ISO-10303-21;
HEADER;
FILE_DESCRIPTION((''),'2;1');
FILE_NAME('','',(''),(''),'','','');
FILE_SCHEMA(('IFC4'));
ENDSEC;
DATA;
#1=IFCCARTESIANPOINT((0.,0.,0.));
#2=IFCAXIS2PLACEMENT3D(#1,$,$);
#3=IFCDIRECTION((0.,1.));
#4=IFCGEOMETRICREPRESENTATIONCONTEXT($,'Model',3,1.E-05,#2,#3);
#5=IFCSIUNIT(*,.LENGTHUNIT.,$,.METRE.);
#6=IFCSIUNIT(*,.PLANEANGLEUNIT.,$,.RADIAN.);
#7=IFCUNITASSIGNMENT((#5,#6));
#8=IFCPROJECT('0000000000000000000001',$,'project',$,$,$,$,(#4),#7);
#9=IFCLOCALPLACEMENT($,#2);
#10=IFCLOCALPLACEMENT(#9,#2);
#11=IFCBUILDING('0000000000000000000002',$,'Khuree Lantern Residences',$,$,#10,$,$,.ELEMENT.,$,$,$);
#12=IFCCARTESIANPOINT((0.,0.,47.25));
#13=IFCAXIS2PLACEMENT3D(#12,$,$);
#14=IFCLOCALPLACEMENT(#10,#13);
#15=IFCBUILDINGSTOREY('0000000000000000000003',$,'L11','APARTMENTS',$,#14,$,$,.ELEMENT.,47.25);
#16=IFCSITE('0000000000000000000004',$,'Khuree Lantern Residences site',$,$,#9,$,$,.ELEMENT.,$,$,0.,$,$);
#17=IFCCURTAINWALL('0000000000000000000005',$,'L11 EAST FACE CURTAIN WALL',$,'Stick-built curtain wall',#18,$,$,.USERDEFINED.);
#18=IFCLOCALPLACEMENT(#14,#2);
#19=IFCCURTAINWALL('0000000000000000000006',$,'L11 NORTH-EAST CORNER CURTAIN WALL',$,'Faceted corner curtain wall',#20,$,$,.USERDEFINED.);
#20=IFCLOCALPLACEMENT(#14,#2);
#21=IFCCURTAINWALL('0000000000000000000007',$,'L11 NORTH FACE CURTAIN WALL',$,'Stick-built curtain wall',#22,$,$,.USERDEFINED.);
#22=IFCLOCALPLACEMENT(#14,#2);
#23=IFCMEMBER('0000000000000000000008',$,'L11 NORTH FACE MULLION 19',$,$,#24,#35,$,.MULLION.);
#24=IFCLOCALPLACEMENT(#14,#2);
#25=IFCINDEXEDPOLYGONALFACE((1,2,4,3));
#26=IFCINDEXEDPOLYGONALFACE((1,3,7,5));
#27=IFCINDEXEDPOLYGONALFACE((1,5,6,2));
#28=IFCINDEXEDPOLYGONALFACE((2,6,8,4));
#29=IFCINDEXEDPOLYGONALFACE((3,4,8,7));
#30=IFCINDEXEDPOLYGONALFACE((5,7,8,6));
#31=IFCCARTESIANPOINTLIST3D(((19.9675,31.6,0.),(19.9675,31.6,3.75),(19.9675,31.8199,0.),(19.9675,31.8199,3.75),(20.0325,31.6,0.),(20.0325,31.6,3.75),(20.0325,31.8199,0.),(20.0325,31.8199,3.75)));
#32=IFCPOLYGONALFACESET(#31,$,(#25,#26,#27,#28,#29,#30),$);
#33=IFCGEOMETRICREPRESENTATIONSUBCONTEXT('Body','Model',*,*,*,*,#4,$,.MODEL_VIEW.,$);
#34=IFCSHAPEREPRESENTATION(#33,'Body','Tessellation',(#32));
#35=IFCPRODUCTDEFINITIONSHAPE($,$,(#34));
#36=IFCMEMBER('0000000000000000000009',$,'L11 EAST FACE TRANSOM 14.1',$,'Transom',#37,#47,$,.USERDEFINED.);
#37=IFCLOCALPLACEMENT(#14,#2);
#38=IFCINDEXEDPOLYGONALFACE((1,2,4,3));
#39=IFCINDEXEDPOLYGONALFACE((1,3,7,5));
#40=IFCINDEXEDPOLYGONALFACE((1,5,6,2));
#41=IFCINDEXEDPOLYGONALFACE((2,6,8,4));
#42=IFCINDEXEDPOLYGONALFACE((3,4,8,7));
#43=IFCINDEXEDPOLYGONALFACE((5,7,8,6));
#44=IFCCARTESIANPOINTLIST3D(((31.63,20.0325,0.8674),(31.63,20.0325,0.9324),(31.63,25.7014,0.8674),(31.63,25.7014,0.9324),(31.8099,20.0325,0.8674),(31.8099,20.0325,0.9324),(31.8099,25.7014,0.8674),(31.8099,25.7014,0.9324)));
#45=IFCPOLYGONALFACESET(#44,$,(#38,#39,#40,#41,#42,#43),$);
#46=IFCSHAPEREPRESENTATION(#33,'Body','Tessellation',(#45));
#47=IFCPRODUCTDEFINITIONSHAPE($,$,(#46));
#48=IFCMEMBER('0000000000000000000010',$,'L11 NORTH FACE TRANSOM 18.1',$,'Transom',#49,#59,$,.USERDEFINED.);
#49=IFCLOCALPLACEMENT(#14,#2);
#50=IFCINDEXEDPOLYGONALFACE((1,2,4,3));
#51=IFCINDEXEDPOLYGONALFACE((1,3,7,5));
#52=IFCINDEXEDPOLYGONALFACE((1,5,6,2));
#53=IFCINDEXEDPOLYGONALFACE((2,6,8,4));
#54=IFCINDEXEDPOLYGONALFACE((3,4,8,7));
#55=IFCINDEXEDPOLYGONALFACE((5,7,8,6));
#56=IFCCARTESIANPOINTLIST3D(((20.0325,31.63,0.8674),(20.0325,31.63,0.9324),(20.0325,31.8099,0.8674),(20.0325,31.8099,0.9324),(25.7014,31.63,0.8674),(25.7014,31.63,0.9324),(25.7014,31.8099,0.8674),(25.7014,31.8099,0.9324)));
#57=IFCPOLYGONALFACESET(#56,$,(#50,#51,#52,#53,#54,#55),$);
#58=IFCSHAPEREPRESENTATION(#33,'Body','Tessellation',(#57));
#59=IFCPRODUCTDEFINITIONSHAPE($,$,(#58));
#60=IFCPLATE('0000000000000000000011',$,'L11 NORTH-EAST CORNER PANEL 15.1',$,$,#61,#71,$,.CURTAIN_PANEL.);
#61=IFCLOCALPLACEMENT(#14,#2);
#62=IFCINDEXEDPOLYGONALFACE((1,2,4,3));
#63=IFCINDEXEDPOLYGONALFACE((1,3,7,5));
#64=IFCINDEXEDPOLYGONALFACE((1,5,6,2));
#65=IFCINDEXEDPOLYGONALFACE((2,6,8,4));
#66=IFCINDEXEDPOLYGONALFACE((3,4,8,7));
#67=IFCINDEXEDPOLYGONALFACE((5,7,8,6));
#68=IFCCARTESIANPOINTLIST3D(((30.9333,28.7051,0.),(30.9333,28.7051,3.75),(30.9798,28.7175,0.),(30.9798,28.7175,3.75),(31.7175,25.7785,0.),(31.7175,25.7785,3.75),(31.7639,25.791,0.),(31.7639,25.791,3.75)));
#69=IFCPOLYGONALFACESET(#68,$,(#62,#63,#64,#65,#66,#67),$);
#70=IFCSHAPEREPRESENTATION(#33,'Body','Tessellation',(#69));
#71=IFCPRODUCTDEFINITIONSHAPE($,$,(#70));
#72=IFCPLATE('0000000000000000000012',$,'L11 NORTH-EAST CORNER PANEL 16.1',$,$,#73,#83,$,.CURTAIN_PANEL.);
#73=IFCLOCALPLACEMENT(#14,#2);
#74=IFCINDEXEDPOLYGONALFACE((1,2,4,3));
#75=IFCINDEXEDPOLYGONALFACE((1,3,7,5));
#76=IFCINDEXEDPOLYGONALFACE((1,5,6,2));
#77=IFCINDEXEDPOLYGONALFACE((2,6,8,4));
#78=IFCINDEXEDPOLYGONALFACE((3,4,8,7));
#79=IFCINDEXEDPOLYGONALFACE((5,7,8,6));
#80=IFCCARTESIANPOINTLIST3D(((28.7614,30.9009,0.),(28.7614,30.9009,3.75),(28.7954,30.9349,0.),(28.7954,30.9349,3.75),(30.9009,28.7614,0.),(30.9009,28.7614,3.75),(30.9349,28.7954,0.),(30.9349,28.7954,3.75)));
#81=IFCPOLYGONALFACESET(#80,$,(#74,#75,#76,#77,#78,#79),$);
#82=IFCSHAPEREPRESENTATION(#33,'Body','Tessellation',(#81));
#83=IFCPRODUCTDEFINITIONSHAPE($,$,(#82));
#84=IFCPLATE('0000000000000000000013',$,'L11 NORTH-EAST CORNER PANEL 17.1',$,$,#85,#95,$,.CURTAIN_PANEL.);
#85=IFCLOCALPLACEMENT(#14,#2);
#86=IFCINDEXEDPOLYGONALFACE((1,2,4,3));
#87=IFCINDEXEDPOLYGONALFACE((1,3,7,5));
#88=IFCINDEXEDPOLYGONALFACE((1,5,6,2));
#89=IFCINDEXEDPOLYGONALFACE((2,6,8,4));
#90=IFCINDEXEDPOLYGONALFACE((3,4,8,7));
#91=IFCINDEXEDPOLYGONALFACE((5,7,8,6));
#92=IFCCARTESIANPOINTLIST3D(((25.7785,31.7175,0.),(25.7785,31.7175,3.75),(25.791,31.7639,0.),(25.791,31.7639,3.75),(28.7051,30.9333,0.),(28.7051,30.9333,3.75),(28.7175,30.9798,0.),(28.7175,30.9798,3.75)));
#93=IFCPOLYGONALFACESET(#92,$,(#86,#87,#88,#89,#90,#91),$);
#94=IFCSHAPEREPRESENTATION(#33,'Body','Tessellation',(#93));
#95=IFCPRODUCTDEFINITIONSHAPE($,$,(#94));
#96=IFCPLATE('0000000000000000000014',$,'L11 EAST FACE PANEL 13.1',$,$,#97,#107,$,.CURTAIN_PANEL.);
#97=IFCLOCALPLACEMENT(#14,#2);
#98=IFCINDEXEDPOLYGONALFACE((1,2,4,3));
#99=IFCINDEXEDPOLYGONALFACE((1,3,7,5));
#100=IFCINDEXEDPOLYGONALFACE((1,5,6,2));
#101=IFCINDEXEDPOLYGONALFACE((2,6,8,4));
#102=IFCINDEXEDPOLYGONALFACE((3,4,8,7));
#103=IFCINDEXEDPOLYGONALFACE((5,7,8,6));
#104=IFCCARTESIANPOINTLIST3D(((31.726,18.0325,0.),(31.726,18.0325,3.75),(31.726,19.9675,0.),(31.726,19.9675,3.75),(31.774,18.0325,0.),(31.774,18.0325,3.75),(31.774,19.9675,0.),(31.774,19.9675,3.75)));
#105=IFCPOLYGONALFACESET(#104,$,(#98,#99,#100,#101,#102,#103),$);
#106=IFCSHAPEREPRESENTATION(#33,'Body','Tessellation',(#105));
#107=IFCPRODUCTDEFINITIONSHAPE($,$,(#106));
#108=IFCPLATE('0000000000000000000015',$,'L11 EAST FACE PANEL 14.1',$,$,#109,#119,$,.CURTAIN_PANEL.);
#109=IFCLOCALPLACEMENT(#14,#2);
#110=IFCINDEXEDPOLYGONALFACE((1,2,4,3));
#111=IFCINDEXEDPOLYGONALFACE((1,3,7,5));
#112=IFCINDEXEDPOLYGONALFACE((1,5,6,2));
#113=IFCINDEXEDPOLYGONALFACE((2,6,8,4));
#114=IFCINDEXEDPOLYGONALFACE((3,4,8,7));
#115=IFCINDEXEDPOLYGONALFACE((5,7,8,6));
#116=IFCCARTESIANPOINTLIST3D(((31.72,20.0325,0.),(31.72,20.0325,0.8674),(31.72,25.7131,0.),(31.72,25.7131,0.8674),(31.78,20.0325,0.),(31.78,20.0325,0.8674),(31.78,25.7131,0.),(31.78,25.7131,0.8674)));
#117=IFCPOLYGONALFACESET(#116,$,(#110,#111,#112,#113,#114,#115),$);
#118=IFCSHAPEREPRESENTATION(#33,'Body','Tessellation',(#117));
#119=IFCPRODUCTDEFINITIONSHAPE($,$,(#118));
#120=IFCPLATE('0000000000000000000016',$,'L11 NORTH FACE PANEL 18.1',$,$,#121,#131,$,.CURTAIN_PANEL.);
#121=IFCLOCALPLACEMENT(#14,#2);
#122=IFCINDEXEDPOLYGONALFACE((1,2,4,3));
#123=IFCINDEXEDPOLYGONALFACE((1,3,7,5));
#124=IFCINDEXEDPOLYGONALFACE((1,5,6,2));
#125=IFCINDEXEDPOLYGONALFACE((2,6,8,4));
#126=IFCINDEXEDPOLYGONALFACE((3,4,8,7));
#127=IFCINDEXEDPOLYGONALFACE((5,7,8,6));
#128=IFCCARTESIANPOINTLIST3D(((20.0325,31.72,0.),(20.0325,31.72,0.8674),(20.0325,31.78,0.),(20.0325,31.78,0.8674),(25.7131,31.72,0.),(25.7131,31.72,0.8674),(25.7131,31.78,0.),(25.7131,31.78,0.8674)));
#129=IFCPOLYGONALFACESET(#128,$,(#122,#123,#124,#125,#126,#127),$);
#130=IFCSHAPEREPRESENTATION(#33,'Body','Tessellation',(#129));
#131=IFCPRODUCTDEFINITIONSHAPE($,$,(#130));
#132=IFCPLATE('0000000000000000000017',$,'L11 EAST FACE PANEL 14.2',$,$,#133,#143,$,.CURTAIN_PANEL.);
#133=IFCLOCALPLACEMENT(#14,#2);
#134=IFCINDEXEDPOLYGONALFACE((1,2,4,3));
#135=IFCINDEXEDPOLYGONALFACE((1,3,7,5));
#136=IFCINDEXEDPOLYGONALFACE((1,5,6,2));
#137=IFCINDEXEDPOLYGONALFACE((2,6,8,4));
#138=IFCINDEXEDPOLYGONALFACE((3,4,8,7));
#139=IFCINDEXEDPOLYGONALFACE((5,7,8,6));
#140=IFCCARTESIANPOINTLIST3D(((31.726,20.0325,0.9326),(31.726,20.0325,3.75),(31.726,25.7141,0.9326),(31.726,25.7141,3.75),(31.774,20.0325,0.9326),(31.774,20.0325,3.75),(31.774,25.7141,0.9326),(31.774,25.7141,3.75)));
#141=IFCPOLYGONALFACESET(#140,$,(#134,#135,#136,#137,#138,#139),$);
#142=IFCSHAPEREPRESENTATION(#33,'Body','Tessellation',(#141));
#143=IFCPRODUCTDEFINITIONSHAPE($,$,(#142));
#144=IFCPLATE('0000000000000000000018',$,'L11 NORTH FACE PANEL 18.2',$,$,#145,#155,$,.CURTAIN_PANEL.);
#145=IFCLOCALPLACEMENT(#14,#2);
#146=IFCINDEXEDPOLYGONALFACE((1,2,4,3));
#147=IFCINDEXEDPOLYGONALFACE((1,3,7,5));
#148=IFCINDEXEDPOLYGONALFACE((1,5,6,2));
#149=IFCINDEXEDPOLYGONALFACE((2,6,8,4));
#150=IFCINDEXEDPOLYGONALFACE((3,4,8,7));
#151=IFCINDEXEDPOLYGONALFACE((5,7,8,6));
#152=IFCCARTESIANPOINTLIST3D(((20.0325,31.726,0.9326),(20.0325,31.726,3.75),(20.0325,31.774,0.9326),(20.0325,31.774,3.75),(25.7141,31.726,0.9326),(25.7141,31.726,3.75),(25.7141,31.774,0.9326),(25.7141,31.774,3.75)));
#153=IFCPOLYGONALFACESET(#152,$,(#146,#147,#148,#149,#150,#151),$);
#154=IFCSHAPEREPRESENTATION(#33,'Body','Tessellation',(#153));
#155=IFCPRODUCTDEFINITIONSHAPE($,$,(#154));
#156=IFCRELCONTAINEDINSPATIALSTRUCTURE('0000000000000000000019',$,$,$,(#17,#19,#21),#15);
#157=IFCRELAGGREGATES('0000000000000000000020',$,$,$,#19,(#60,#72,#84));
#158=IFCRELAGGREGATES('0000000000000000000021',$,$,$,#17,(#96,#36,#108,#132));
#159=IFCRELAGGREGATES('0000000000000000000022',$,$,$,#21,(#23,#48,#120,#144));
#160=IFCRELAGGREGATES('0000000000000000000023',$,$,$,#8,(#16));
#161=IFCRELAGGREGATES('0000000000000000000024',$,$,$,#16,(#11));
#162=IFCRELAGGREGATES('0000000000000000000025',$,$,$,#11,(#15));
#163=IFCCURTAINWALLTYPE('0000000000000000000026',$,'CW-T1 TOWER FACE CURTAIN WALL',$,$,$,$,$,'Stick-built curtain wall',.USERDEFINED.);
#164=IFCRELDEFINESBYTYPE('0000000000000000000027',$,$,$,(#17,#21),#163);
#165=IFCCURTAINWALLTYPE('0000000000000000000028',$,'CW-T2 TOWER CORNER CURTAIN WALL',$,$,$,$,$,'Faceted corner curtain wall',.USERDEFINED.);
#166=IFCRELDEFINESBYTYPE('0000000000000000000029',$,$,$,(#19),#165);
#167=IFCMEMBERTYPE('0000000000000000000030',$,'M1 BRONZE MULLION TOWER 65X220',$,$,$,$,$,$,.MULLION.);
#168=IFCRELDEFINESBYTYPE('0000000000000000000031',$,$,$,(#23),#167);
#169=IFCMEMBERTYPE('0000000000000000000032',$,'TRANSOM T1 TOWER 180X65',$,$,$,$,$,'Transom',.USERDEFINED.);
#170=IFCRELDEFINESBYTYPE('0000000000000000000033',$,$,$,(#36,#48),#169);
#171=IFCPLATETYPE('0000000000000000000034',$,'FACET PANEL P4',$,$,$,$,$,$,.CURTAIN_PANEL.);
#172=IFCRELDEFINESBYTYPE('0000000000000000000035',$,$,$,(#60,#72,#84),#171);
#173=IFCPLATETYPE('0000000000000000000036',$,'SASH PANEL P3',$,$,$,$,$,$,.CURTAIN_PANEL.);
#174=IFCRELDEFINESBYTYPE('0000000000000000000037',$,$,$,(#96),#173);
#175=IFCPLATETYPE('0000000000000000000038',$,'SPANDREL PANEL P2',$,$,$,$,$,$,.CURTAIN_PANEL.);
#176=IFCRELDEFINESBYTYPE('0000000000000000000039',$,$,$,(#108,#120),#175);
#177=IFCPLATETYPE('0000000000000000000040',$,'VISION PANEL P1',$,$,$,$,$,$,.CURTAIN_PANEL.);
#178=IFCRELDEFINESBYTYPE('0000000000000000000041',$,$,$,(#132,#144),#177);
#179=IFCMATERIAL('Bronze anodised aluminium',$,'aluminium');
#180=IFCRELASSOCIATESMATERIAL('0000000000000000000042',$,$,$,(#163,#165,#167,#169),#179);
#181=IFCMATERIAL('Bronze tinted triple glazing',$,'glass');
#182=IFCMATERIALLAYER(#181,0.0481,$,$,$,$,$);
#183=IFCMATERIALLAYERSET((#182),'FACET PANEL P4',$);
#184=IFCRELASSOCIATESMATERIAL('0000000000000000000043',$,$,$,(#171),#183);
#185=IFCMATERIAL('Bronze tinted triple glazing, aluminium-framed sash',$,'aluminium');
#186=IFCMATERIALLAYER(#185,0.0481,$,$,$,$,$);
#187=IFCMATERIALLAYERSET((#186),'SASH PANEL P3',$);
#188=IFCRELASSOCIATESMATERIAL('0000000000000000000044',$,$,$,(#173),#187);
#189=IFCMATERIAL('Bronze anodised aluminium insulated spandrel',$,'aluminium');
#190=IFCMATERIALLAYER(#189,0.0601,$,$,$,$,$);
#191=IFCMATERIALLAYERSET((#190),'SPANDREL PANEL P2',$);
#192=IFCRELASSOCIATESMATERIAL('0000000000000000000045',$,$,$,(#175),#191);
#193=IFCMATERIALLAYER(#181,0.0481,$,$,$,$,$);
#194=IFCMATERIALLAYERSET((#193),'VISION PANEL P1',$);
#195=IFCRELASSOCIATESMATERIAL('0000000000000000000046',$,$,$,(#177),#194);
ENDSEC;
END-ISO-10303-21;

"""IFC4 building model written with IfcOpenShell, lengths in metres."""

from ifc_helpers import new_model, si_unit, direction, frame, origin, origin_2d, place, context, subcontext, project, spatial, rectangle, extrude, material, layer, layer_set, material_profile, profile_set, type_object, element, aggregate, save


model = new_model("IFC4")

# Units and contexts
model_context = context("Model", 3, precision=1e-05, world=origin(), true_north=direction((0.0, 1.0)))
body_context = subcontext(model_context, "Body", "Model", "MODEL_VIEW")
ifc_project = project(units=[si_unit("LENGTHUNIT", "METRE"), si_unit("PLANEANGLEUNIT", "RADIAN")], contexts=[model_context])

# Site, building, storey
site_placement = place(None, origin())
site = spatial("IfcSite", under=ifc_project, at=site_placement, Name="Khuree Lantern Residences site", CompositionType="ELEMENT", RefElevation=0.0)
building_placement = place(site_placement, origin())
building = spatial("IfcBuilding", under=site, at=building_placement, Name="Khuree Lantern Residences", CompositionType="ELEMENT")
storey_placement = place(building_placement, frame((0.0, 0.0, 47.25)))
storey = spatial("IfcBuildingStorey", under=building, at=storey_placement, Name="L11", Description="APARTMENTS", CompositionType="ELEMENT", Elevation=47.25)

# Curtain walls
ifc_material_1 = material(Name="Bronze anodised aluminium", Category="aluminium")
curtain_wall_type_1 = type_object("IfcCurtainWallType", Name="CW-T1 TOWER FACE CURTAIN WALL", ElementType="Stick-built curtain wall", PredefinedType="USERDEFINED", material=ifc_material_1)
curtain_wall_1_placement = place(storey_placement, origin())
curtain_wall_1 = element("IfcCurtainWall", 1, at=curtain_wall_1_placement, inside=storey, type_object=curtain_wall_type_1, Name="L11 EAST FACE CURTAIN WALL", ObjectType="Stick-built curtain wall", PredefinedType="USERDEFINED")
curtain_wall_type_2 = type_object("IfcCurtainWallType", Name="CW-T2 TOWER CORNER CURTAIN WALL", ElementType="Faceted corner curtain wall", PredefinedType="USERDEFINED", material=ifc_material_1)
curtain_wall_2_placement = place(storey_placement, origin())
curtain_wall_2 = element("IfcCurtainWall", 2, at=curtain_wall_2_placement, inside=storey, type_object=curtain_wall_type_2, Name="L11 NORTH-EAST CORNER CURTAIN WALL", ObjectType="Faceted corner curtain wall", PredefinedType="USERDEFINED")

# Shared definitions
ifc_material_profile_1 = material_profile(ifc_material_1, rectangle(XDim=0.0649, YDim=0.22, at=origin_2d()), Name="M1 65X220")
ifc_profile_set_1 = profile_set([ifc_material_profile_1], Name="Bronze anodised aluminium")
member_type_1 = type_object("IfcMemberType", Name="M1 BRONZE MULLION TOWER 65X220", PredefinedType="MULLION", material=ifc_profile_set_1)

# Curtain wall, member
curtain_wall_3_placement = place(storey_placement, origin())
curtain_wall_3 = element("IfcCurtainWall", 3, at=curtain_wall_3_placement, inside=storey, type_object=curtain_wall_type_1, Name="L11 NORTH FACE CURTAIN WALL", ObjectType="Stick-built curtain wall", PredefinedType="USERDEFINED")
member_1_placement = place(storey_placement, frame((20.0, 31.71, 0.0), z_axis=(0.0, 0.0, 1.0), x_axis=(-1.0, 0.0, 0.0)))
member_1 = element("IfcMember", 4, at=member_1_placement, type_object=member_type_1, Name="L11 NORTH FACE MULLION 19", PredefinedType="MULLION", context=body_context, shape_type="SweptSolid", body=[
    extrude(rectangle(XDim=0.0649, YDim=0.22, at=origin_2d()), origin(), (0.0, 0.0, 1.0), 3.75),
])

# Members
ifc_material_profile_2 = material_profile(ifc_material_1, rectangle(XDim=0.1799, YDim=0.0649, at=origin_2d()), Name="T1 180X65")
ifc_profile_set_2 = profile_set([ifc_material_profile_2], Name="Bronze anodised aluminium")
member_type_2 = type_object("IfcMemberType", Name="TRANSOM T1 TOWER 180X65", ElementType="Transom", PredefinedType="USERDEFINED", material=ifc_profile_set_2)
member_2_placement = place(storey_placement, frame((31.72, 20.0325, 0.8999), z_axis=(0.0, 1.0, 0.0), x_axis=(-1.0, 0.0, 0.0)))
member_2 = element("IfcMember", 5, at=member_2_placement, type_object=member_type_2, Name="L11 EAST FACE TRANSOM 14.1", ObjectType="Transom", PredefinedType="USERDEFINED", context=body_context, shape_type="SweptSolid", body=[
    extrude(rectangle(XDim=0.1799, YDim=0.0649, at=origin_2d()), origin(), (0.0, 0.0, 1.0), 5.6689),
])
member_3_placement = place(storey_placement, frame((25.7014, 31.72, 0.8999), z_axis=(-1.0, 0.0, 0.0), x_axis=(0.0, -1.0, 0.0)))
member_3 = element("IfcMember", 6, at=member_3_placement, type_object=member_type_2, Name="L11 NORTH FACE TRANSOM 18.1", ObjectType="Transom", PredefinedType="USERDEFINED", context=body_context, shape_type="SweptSolid", body=[
    extrude(rectangle(XDim=0.1799, YDim=0.0649, at=origin_2d()), origin(), (0.0, 0.0, 1.0), 5.6689),
])

# Plates
ifc_material_2 = material(Name="Bronze tinted triple glazing", Category="glass")
ifc_layer_1 = layer(ifc_material_2, 0.0481)
ifc_layer_set_1 = layer_set([ifc_layer_1], Name="FACET PANEL P4")
plate_type_1 = type_object("IfcPlateType", Name="FACET PANEL P4", PredefinedType="CURTAIN_PANEL", material=ifc_layer_set_1)
plate_1_placement = place(storey_placement, frame((31.3486, 27.248, 0.0), z_axis=(0.0, 0.0, 1.0), x_axis=(-0.258819, 0.965926, 0.0)))
plate_1 = element("IfcPlate", 7, at=plate_1_placement, type_object=plate_type_1, Name="L11 NORTH-EAST CORNER PANEL 15.1", PredefinedType="CURTAIN_PANEL", context=body_context, shape_type="SweptSolid", body=[
    extrude(rectangle(XDim=3.0298, YDim=0.0481, at=origin_2d()), origin(), (0.0, 0.0, 1.0), 3.75),
])
plate_2_placement = place(storey_placement, frame((29.8481, 29.8481, 0.0), z_axis=(0.0, 0.0, 1.0), x_axis=(-0.707107, 0.707107, 0.0)))
plate_2 = element("IfcPlate", 8, at=plate_2_placement, type_object=plate_type_1, Name="L11 NORTH-EAST CORNER PANEL 16.1", PredefinedType="CURTAIN_PANEL", context=body_context, shape_type="SweptSolid", body=[
    extrude(rectangle(XDim=3.0256, YDim=0.0481, at=origin_2d()), origin(), (0.0, 0.0, 1.0), 3.75),
])
plate_3_placement = place(storey_placement, frame((27.248, 31.3486, 0.0), z_axis=(0.0, 0.0, 1.0), x_axis=(-0.965926, 0.258819, 0.0)))
plate_3 = element("IfcPlate", 9, at=plate_3_placement, type_object=plate_type_1, Name="L11 NORTH-EAST CORNER PANEL 17.1", PredefinedType="CURTAIN_PANEL", context=body_context, shape_type="SweptSolid", body=[
    extrude(rectangle(XDim=3.0298, YDim=0.0481, at=origin_2d()), origin(), (0.0, 0.0, 1.0), 3.75),
])
aggregate(curtain_wall_2, [plate_1, plate_2, plate_3])
ifc_material_3 = material(Name="Bronze tinted triple glazing, aluminium-framed sash", Category="aluminium")
ifc_layer_2 = layer(ifc_material_3, 0.0481)
ifc_layer_set_2 = layer_set([ifc_layer_2], Name="SASH PANEL P3")
plate_type_2 = type_object("IfcPlateType", Name="SASH PANEL P3", PredefinedType="CURTAIN_PANEL", material=ifc_layer_set_2)
plate_4_placement = place(storey_placement, frame((31.75, 19.0, 0.0), z_axis=(0.0, 0.0, 1.0), x_axis=(0.0, 1.0, 0.0)))
plate_4 = element("IfcPlate", 10, at=plate_4_placement, type_object=plate_type_2, Name="L11 EAST FACE PANEL 13.1", PredefinedType="CURTAIN_PANEL", context=body_context, shape_type="SweptSolid", body=[
    extrude(rectangle(XDim=1.9351, YDim=0.0481, at=origin_2d()), origin(), (0.0, 0.0, 1.0), 3.75),
])
ifc_material_4 = material(Name="Bronze anodised aluminium insulated spandrel", Category="aluminium")
ifc_layer_3 = layer(ifc_material_4, 0.0601)
ifc_layer_set_3 = layer_set([ifc_layer_3], Name="SPANDREL PANEL P2")
plate_type_3 = type_object("IfcPlateType", Name="SPANDREL PANEL P2", PredefinedType="CURTAIN_PANEL", material=ifc_layer_set_3)
plate_5_placement = place(storey_placement, frame((31.75, 22.8728, 0.0), z_axis=(0.0, 0.0, 1.0), x_axis=(0.0, 1.0, 0.0)))
plate_5 = element("IfcPlate", 11, at=plate_5_placement, type_object=plate_type_3, Name="L11 EAST FACE PANEL 14.1", PredefinedType="CURTAIN_PANEL", context=body_context, shape_type="SweptSolid", body=[
    extrude(rectangle(XDim=5.6807, YDim=0.0601, at=origin_2d()), origin(), (0.0, 0.0, 1.0), 0.8674),
])
plate_6_placement = place(storey_placement, frame((22.8728, 31.75, 0.0), z_axis=(0.0, 0.0, 1.0), x_axis=(-1.0, 0.0, 0.0)))
plate_6 = element("IfcPlate", 12, at=plate_6_placement, type_object=plate_type_3, Name="L11 NORTH FACE PANEL 18.1", PredefinedType="CURTAIN_PANEL", context=body_context, shape_type="SweptSolid", body=[
    extrude(rectangle(XDim=5.6807, YDim=0.0601, at=origin_2d()), origin(), (0.0, 0.0, 1.0), 0.8674),
])
ifc_layer_4 = layer(ifc_material_2, 0.0481)
ifc_layer_set_4 = layer_set([ifc_layer_4], Name="VISION PANEL P1")
plate_type_4 = type_object("IfcPlateType", Name="VISION PANEL P1", PredefinedType="CURTAIN_PANEL", material=ifc_layer_set_4)
plate_7_placement = place(storey_placement, frame((31.75, 22.8733, 0.9326), z_axis=(0.0, 0.0, 1.0), x_axis=(0.0, 1.0, 0.0)))
plate_7 = element("IfcPlate", 13, at=plate_7_placement, type_object=plate_type_4, Name="L11 EAST FACE PANEL 14.2", PredefinedType="CURTAIN_PANEL", context=body_context, shape_type="SweptSolid", body=[
    extrude(rectangle(XDim=5.6816, YDim=0.0481, at=origin_2d()), origin(), (0.0, 0.0, 1.0), 2.8174),
])
aggregate(curtain_wall_1, [plate_4, member_2, plate_5, plate_7])
plate_8_placement = place(storey_placement, frame((22.8733, 31.75, 0.9326), z_axis=(0.0, 0.0, 1.0), x_axis=(-1.0, 0.0, 0.0)))
plate_8 = element("IfcPlate", 14, at=plate_8_placement, type_object=plate_type_4, Name="L11 NORTH FACE PANEL 18.2", PredefinedType="CURTAIN_PANEL", context=body_context, shape_type="SweptSolid", body=[
    extrude(rectangle(XDim=5.6816, YDim=0.0481, at=origin_2d()), origin(), (0.0, 0.0, 1.0), 2.8174),
])
aggregate(curtain_wall_3, [member_1, member_3, plate_6, plate_8])

save(model, "model.ifc")
